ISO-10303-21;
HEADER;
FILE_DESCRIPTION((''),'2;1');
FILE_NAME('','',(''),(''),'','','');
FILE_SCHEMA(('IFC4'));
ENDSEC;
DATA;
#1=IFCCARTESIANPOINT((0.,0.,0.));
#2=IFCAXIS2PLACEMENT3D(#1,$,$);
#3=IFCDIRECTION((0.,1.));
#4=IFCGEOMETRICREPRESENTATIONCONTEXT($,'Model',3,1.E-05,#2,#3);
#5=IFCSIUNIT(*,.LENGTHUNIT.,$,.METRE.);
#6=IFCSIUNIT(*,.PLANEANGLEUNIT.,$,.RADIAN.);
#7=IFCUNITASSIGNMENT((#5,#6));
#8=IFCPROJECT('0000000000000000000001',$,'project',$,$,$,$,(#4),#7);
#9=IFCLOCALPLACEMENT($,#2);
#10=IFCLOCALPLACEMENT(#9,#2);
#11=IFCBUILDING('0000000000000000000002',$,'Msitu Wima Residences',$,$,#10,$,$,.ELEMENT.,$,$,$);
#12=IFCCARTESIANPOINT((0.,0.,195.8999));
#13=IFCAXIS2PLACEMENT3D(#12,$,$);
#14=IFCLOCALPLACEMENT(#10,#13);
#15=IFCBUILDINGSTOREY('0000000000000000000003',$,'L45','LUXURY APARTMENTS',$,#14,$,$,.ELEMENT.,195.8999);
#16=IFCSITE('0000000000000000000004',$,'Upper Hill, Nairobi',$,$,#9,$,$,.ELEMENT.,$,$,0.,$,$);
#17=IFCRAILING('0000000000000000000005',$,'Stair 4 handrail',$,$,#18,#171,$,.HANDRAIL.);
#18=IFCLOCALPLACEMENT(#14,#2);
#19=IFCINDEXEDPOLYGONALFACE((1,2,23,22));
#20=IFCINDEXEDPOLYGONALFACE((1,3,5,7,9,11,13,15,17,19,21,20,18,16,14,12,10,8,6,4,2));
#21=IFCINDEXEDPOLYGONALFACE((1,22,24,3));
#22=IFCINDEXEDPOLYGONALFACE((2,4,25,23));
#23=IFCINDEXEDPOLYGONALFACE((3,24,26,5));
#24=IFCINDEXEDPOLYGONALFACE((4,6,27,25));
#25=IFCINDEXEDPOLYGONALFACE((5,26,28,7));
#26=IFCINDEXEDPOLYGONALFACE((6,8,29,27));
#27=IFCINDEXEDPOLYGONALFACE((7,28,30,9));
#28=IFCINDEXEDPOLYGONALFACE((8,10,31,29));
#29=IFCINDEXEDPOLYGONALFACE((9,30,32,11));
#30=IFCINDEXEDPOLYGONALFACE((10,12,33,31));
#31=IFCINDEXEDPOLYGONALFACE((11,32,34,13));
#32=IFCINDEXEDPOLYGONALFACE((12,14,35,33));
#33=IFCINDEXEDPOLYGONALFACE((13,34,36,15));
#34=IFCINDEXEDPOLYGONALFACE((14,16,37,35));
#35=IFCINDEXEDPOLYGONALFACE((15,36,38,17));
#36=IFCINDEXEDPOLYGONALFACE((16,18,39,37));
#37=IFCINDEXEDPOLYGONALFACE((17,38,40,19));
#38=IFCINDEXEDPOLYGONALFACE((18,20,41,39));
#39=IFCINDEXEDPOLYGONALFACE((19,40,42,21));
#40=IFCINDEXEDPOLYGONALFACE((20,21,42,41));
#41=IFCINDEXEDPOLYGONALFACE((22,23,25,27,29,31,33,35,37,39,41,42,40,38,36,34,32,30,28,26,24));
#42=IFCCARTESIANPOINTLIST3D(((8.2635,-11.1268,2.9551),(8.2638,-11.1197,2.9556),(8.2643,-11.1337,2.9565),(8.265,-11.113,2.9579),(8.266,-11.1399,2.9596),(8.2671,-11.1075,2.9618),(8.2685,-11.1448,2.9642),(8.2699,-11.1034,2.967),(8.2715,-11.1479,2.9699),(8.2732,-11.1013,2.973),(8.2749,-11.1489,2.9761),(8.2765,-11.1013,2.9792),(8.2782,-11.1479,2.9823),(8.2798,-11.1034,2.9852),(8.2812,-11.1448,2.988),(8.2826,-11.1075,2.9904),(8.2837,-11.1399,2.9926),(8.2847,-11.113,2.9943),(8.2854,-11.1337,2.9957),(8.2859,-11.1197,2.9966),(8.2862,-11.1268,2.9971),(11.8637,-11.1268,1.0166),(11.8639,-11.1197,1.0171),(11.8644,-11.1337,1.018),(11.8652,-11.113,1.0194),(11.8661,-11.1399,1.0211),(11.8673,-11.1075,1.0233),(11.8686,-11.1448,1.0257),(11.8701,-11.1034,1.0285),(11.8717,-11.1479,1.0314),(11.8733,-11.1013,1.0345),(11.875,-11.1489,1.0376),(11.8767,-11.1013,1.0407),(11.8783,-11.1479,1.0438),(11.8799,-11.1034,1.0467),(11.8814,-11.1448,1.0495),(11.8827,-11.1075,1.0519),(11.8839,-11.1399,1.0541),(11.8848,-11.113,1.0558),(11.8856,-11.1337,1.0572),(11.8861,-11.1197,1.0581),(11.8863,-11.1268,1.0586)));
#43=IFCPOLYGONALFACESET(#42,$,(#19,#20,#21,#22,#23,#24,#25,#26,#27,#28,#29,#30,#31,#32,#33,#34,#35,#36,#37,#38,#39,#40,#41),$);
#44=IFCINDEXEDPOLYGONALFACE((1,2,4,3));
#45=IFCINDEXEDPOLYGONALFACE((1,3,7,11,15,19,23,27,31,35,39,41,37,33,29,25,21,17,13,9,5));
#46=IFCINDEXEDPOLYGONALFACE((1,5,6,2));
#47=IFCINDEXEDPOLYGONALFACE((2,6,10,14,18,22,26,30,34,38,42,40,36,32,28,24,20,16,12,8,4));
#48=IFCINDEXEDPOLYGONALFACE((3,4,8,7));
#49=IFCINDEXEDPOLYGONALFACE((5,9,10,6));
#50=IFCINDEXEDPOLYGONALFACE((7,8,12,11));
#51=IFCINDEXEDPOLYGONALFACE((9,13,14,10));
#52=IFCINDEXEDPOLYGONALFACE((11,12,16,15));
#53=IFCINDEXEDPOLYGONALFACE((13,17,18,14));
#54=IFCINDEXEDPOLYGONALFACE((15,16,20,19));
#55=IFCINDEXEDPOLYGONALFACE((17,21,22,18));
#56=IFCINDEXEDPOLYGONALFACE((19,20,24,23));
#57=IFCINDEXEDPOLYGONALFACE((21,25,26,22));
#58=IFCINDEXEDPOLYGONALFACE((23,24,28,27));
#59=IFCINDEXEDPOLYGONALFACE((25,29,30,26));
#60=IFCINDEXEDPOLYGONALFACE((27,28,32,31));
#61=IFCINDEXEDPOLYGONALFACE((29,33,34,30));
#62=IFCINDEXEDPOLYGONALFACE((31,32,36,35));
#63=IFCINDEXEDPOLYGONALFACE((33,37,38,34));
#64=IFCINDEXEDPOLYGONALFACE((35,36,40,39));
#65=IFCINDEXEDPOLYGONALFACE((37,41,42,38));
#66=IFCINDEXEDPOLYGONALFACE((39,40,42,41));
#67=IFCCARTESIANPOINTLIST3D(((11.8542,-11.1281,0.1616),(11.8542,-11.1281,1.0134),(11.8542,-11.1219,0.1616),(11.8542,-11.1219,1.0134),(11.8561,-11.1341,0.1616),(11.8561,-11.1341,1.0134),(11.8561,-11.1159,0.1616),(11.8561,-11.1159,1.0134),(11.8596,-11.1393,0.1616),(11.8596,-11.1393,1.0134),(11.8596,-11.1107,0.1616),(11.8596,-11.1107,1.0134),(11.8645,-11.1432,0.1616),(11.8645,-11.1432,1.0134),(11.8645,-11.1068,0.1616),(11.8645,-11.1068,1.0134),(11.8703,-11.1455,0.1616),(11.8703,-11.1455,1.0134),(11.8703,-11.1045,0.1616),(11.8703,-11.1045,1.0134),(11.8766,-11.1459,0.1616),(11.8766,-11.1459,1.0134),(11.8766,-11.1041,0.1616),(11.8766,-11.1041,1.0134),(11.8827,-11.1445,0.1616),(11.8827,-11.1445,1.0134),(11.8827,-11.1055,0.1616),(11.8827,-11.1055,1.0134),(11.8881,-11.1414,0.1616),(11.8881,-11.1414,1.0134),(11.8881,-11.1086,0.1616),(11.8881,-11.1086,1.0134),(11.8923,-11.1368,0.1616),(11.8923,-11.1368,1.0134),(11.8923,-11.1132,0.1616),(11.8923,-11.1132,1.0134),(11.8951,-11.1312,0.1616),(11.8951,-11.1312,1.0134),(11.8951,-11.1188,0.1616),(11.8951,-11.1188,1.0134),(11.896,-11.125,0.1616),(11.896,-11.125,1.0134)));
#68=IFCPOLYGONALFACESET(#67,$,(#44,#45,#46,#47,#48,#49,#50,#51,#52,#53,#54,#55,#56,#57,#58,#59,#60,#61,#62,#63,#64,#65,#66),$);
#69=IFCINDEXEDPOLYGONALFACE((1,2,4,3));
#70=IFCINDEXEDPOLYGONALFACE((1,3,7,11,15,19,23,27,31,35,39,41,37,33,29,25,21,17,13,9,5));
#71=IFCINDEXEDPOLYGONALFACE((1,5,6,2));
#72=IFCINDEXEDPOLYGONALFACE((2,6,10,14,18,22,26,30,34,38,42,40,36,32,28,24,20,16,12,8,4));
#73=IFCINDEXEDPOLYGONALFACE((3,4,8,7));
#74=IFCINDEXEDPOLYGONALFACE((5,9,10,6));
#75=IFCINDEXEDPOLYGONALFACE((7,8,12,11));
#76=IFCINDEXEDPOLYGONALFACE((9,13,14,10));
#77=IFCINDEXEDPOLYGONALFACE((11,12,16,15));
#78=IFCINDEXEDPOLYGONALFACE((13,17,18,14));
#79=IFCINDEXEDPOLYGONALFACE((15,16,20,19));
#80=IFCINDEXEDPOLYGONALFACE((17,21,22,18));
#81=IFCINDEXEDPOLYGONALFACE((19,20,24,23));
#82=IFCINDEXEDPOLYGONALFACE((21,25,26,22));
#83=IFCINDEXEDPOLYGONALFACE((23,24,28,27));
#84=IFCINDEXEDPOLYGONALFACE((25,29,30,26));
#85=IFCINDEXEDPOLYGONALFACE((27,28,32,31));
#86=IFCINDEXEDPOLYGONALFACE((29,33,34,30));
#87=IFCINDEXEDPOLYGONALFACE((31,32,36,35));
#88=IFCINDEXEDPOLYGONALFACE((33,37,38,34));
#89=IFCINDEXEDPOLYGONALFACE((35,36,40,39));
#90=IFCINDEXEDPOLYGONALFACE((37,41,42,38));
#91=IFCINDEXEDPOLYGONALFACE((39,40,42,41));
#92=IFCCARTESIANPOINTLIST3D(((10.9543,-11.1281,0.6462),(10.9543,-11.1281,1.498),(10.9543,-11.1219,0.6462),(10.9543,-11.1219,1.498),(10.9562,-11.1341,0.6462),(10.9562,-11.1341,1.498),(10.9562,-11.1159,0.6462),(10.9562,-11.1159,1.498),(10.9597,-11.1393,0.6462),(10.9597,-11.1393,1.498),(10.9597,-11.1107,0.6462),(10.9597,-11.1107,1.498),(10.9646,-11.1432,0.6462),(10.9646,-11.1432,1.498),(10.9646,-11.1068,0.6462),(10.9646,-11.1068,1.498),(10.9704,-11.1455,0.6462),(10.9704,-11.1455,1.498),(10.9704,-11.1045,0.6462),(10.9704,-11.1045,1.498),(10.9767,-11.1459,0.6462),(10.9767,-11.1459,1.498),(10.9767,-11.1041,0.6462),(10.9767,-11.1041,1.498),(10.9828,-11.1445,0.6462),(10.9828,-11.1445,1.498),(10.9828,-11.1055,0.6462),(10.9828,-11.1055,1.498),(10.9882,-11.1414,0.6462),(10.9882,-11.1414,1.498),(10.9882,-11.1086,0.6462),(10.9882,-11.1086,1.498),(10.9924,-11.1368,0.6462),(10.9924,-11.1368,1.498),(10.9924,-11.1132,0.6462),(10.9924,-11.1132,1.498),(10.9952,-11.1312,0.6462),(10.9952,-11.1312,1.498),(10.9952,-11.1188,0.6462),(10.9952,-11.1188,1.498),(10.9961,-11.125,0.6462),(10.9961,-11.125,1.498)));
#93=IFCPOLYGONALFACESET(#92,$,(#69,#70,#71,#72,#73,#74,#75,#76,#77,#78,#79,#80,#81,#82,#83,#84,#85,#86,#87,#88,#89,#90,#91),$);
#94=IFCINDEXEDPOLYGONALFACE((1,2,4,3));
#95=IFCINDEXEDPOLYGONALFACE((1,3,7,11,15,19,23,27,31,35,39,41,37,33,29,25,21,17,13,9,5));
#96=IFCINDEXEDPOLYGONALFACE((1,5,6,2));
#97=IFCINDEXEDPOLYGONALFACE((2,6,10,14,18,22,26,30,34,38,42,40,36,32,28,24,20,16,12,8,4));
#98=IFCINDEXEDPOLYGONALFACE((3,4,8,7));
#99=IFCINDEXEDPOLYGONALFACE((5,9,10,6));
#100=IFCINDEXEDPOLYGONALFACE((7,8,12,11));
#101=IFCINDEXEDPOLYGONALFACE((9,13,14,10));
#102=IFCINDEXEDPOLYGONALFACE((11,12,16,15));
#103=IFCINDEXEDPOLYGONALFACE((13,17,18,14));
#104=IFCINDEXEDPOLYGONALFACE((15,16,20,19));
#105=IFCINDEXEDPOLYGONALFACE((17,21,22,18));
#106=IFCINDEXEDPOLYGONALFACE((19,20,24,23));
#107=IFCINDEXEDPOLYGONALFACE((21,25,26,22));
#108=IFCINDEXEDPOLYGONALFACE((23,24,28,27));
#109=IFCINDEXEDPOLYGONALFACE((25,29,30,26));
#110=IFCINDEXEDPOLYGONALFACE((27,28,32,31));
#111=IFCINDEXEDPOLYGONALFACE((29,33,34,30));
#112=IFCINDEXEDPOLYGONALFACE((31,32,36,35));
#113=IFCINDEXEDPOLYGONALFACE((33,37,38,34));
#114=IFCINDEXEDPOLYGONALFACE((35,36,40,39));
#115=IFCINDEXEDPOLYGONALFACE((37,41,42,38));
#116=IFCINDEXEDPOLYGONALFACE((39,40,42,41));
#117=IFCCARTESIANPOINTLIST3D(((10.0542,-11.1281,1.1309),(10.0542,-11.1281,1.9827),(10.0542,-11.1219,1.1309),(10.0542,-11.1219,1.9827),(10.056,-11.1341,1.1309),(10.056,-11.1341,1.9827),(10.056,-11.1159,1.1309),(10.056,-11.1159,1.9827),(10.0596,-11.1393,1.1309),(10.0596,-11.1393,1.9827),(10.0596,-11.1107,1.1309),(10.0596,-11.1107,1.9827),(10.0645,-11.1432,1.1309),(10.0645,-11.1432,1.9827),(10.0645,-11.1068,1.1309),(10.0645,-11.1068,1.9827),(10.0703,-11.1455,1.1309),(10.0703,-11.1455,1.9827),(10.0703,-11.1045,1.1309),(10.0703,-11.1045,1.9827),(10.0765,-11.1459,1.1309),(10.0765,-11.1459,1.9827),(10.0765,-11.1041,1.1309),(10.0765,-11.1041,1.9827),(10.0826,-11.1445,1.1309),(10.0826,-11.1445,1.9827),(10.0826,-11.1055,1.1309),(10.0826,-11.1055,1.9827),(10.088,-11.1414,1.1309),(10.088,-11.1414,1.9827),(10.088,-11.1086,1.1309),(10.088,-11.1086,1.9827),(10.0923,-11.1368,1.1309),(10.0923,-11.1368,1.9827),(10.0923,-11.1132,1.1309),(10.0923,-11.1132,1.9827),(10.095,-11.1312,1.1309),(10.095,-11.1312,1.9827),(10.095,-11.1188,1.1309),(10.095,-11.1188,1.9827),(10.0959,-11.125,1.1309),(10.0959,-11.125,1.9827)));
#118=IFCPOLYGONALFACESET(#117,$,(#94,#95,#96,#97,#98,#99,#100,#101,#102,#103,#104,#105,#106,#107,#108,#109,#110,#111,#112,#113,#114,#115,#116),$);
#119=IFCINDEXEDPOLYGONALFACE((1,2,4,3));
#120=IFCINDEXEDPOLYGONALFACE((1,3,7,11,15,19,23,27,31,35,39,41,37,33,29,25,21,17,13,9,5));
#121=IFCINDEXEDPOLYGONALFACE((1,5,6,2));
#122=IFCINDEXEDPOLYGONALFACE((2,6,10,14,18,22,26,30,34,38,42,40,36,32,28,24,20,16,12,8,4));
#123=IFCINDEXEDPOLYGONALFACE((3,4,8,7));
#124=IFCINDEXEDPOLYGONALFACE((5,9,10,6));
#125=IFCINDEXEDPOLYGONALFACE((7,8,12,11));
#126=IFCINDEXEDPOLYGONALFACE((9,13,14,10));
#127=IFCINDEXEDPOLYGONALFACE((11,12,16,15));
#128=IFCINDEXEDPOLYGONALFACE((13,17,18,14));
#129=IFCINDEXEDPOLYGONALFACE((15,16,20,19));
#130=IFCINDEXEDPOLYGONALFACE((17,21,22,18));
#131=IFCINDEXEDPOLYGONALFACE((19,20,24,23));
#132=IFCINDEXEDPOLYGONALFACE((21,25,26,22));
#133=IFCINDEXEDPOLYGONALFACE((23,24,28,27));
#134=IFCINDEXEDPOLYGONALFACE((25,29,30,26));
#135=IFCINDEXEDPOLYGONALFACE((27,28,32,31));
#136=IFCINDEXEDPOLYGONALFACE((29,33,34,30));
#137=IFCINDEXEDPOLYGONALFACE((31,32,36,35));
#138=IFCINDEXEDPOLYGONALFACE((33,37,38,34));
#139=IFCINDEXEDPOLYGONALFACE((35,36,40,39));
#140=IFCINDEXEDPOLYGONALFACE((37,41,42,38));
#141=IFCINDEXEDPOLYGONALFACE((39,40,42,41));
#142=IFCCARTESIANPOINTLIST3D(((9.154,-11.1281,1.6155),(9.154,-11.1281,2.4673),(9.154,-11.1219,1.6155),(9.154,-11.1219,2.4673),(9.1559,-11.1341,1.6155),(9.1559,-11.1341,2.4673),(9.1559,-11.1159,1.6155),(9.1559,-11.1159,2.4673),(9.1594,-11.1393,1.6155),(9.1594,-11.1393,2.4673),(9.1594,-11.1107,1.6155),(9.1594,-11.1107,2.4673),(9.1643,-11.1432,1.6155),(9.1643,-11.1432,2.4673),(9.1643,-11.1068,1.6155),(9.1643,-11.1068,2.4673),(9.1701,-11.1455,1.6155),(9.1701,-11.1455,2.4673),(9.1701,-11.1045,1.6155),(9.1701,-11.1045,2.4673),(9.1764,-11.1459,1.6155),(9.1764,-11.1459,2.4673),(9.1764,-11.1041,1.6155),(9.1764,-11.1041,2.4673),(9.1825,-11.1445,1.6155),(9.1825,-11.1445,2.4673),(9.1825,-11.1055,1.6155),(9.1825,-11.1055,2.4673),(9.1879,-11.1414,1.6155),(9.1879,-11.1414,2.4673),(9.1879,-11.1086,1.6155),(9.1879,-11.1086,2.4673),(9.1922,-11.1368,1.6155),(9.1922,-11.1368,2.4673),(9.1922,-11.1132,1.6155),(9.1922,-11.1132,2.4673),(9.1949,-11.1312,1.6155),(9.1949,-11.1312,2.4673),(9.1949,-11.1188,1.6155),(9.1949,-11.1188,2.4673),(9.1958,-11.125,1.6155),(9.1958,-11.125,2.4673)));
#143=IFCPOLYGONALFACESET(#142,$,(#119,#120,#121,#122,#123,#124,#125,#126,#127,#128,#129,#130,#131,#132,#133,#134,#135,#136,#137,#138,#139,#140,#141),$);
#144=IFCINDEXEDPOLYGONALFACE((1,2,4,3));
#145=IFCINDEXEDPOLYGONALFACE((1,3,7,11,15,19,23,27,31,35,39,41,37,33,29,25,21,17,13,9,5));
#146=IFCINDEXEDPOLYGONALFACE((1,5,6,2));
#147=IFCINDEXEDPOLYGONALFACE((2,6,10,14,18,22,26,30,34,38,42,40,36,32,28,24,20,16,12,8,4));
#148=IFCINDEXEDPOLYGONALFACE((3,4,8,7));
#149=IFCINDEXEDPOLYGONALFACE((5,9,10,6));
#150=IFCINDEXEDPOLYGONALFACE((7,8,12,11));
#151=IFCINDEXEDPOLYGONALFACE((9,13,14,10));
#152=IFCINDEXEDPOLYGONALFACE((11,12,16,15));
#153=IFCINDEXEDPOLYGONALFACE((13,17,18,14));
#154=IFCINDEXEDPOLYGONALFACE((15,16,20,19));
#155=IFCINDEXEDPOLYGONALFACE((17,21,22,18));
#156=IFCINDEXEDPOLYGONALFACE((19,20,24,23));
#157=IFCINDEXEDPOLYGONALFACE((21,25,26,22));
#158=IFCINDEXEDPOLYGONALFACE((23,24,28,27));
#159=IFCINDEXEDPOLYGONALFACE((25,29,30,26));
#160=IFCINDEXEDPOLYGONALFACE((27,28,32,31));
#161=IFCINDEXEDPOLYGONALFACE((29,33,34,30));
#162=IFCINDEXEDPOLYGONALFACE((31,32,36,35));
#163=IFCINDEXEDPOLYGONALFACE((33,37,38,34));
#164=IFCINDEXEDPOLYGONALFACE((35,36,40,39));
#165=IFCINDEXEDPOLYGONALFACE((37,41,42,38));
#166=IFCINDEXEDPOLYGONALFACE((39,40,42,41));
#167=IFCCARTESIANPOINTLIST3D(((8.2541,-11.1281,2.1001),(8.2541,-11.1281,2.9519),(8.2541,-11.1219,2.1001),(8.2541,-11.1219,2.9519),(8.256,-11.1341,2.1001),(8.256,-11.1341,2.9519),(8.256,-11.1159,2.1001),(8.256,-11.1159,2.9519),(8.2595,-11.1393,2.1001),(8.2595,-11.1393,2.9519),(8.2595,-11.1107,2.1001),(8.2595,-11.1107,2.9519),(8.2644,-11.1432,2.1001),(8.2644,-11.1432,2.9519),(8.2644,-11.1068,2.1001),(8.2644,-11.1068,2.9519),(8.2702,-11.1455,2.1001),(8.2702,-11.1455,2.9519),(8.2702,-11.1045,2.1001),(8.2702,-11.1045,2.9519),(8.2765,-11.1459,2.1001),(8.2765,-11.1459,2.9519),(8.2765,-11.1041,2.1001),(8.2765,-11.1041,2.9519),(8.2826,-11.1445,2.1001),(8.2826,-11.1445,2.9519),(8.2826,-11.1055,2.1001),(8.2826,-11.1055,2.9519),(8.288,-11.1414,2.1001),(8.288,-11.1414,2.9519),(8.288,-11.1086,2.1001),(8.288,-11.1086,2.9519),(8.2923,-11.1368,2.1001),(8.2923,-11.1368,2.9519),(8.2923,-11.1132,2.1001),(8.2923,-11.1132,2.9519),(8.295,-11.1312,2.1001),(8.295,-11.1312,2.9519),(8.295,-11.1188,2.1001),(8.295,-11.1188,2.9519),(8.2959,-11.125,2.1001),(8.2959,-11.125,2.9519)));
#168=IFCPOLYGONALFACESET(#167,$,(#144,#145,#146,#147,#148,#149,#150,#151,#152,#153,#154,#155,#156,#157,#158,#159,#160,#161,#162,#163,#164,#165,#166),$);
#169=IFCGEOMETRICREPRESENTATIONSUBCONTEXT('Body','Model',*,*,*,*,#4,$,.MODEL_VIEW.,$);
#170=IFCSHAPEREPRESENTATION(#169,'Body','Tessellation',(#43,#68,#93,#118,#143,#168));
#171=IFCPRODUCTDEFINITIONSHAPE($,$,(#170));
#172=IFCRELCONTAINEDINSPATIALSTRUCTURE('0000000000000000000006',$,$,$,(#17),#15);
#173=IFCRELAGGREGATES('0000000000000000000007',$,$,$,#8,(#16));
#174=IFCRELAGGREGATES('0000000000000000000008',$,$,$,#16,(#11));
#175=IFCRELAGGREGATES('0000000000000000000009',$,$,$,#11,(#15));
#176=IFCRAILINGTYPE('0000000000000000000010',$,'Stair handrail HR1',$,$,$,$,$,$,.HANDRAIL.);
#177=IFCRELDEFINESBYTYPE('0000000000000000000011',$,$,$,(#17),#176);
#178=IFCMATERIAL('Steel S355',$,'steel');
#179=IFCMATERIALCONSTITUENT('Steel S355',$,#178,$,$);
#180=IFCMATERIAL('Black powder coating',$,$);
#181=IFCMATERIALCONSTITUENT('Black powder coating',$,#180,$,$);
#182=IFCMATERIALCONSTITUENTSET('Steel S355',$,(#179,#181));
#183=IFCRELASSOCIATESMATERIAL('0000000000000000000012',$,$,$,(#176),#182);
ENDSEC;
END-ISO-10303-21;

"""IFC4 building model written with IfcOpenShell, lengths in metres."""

from ifc_helpers import new_model, si_unit, direction, frame, origin, origin_2d, place, context, subcontext, project, spatial, circle, extrude, material, constituent, constituent_set, type_object, element, save


model = new_model("IFC4")

# Units and contexts
model_context = context("Model", 3, precision=1e-05, world=origin(), true_north=direction((0.0, 1.0)))
body_context = subcontext(model_context, "Body", "Model", "MODEL_VIEW")
ifc_project = project(units=[si_unit("LENGTHUNIT", "METRE"), si_unit("PLANEANGLEUNIT", "RADIAN")], contexts=[model_context])

# Site, building, storey
site_placement = place(None, origin())
site = spatial("IfcSite", under=ifc_project, at=site_placement, Name="Upper Hill, Nairobi", CompositionType="ELEMENT", RefElevation=0.0)
building_placement = place(site_placement, origin())
building = spatial("IfcBuilding", under=site, at=building_placement, Name="Msitu Wima Residences", CompositionType="ELEMENT")
storey_placement = place(building_placement, frame((0.0, 0.0, 195.8999)))
storey = spatial("IfcBuildingStorey", under=building, at=storey_placement, Name="L45", Description="LUXURY APARTMENTS", CompositionType="ELEMENT", Elevation=195.8999)

# Railing
ifc_material_1 = material(Name="Steel S355", Category="steel")
ifc_constituent_1 = constituent(ifc_material_1, Name="Steel S355")
ifc_material_2 = material(Name="Black powder coating")
ifc_constituent_2 = constituent(ifc_material_2, Name="Black powder coating")
ifc_constituent_set = constituent_set(constituents=[ifc_constituent_1, ifc_constituent_2], Name="Steel S355")
railing_type = type_object("IfcRailingType", Name="Stair handrail HR1", PredefinedType="HANDRAIL", material=ifc_constituent_set)
for number, where, name in (
    (1, (11.875, -11.125, 0.1616), "Stair 4 handrail"),
):
    element("IfcRailing", number, at=place(storey_placement, frame(where)), inside=storey, type_object=railing_type, Name=name, PredefinedType="HANDRAIL", context=body_context, shape_type="SweptSolid", body=[
        extrude(circle(Radius=0.0239, at=origin_2d()), frame((0.0, 0.0, 0.876), z_axis=(-0.880475, 0.0, 0.474093), x_axis=(0.0, -1.0, 0.0)), (0.0, 0.0, 1.0), 4.0889),
        extrude(circle(Radius=0.021, at=origin_2d()), origin(), (0.0, 0.0, 1.0), 0.8518),
        extrude(circle(Radius=0.021, at=origin_2d()), frame((-0.8999, 0.0, 0.4846)), (0.0, 0.0, 1.0), 0.8518),
        extrude(circle(Radius=0.021, at=origin_2d()), frame((-1.8, 0.0, 0.9692)), (0.0, 0.0, 1.0), 0.8518),
        extrude(circle(Radius=0.021, at=origin_2d()), frame((-2.7002, 0.0, 1.4539)), (0.0, 0.0, 1.0), 0.8518),
        extrude(circle(Radius=0.021, at=origin_2d()), frame((-3.6001, 0.0, 1.9385)), (0.0, 0.0, 1.0), 0.8518),
    ])

save(model, "model.ifc")
